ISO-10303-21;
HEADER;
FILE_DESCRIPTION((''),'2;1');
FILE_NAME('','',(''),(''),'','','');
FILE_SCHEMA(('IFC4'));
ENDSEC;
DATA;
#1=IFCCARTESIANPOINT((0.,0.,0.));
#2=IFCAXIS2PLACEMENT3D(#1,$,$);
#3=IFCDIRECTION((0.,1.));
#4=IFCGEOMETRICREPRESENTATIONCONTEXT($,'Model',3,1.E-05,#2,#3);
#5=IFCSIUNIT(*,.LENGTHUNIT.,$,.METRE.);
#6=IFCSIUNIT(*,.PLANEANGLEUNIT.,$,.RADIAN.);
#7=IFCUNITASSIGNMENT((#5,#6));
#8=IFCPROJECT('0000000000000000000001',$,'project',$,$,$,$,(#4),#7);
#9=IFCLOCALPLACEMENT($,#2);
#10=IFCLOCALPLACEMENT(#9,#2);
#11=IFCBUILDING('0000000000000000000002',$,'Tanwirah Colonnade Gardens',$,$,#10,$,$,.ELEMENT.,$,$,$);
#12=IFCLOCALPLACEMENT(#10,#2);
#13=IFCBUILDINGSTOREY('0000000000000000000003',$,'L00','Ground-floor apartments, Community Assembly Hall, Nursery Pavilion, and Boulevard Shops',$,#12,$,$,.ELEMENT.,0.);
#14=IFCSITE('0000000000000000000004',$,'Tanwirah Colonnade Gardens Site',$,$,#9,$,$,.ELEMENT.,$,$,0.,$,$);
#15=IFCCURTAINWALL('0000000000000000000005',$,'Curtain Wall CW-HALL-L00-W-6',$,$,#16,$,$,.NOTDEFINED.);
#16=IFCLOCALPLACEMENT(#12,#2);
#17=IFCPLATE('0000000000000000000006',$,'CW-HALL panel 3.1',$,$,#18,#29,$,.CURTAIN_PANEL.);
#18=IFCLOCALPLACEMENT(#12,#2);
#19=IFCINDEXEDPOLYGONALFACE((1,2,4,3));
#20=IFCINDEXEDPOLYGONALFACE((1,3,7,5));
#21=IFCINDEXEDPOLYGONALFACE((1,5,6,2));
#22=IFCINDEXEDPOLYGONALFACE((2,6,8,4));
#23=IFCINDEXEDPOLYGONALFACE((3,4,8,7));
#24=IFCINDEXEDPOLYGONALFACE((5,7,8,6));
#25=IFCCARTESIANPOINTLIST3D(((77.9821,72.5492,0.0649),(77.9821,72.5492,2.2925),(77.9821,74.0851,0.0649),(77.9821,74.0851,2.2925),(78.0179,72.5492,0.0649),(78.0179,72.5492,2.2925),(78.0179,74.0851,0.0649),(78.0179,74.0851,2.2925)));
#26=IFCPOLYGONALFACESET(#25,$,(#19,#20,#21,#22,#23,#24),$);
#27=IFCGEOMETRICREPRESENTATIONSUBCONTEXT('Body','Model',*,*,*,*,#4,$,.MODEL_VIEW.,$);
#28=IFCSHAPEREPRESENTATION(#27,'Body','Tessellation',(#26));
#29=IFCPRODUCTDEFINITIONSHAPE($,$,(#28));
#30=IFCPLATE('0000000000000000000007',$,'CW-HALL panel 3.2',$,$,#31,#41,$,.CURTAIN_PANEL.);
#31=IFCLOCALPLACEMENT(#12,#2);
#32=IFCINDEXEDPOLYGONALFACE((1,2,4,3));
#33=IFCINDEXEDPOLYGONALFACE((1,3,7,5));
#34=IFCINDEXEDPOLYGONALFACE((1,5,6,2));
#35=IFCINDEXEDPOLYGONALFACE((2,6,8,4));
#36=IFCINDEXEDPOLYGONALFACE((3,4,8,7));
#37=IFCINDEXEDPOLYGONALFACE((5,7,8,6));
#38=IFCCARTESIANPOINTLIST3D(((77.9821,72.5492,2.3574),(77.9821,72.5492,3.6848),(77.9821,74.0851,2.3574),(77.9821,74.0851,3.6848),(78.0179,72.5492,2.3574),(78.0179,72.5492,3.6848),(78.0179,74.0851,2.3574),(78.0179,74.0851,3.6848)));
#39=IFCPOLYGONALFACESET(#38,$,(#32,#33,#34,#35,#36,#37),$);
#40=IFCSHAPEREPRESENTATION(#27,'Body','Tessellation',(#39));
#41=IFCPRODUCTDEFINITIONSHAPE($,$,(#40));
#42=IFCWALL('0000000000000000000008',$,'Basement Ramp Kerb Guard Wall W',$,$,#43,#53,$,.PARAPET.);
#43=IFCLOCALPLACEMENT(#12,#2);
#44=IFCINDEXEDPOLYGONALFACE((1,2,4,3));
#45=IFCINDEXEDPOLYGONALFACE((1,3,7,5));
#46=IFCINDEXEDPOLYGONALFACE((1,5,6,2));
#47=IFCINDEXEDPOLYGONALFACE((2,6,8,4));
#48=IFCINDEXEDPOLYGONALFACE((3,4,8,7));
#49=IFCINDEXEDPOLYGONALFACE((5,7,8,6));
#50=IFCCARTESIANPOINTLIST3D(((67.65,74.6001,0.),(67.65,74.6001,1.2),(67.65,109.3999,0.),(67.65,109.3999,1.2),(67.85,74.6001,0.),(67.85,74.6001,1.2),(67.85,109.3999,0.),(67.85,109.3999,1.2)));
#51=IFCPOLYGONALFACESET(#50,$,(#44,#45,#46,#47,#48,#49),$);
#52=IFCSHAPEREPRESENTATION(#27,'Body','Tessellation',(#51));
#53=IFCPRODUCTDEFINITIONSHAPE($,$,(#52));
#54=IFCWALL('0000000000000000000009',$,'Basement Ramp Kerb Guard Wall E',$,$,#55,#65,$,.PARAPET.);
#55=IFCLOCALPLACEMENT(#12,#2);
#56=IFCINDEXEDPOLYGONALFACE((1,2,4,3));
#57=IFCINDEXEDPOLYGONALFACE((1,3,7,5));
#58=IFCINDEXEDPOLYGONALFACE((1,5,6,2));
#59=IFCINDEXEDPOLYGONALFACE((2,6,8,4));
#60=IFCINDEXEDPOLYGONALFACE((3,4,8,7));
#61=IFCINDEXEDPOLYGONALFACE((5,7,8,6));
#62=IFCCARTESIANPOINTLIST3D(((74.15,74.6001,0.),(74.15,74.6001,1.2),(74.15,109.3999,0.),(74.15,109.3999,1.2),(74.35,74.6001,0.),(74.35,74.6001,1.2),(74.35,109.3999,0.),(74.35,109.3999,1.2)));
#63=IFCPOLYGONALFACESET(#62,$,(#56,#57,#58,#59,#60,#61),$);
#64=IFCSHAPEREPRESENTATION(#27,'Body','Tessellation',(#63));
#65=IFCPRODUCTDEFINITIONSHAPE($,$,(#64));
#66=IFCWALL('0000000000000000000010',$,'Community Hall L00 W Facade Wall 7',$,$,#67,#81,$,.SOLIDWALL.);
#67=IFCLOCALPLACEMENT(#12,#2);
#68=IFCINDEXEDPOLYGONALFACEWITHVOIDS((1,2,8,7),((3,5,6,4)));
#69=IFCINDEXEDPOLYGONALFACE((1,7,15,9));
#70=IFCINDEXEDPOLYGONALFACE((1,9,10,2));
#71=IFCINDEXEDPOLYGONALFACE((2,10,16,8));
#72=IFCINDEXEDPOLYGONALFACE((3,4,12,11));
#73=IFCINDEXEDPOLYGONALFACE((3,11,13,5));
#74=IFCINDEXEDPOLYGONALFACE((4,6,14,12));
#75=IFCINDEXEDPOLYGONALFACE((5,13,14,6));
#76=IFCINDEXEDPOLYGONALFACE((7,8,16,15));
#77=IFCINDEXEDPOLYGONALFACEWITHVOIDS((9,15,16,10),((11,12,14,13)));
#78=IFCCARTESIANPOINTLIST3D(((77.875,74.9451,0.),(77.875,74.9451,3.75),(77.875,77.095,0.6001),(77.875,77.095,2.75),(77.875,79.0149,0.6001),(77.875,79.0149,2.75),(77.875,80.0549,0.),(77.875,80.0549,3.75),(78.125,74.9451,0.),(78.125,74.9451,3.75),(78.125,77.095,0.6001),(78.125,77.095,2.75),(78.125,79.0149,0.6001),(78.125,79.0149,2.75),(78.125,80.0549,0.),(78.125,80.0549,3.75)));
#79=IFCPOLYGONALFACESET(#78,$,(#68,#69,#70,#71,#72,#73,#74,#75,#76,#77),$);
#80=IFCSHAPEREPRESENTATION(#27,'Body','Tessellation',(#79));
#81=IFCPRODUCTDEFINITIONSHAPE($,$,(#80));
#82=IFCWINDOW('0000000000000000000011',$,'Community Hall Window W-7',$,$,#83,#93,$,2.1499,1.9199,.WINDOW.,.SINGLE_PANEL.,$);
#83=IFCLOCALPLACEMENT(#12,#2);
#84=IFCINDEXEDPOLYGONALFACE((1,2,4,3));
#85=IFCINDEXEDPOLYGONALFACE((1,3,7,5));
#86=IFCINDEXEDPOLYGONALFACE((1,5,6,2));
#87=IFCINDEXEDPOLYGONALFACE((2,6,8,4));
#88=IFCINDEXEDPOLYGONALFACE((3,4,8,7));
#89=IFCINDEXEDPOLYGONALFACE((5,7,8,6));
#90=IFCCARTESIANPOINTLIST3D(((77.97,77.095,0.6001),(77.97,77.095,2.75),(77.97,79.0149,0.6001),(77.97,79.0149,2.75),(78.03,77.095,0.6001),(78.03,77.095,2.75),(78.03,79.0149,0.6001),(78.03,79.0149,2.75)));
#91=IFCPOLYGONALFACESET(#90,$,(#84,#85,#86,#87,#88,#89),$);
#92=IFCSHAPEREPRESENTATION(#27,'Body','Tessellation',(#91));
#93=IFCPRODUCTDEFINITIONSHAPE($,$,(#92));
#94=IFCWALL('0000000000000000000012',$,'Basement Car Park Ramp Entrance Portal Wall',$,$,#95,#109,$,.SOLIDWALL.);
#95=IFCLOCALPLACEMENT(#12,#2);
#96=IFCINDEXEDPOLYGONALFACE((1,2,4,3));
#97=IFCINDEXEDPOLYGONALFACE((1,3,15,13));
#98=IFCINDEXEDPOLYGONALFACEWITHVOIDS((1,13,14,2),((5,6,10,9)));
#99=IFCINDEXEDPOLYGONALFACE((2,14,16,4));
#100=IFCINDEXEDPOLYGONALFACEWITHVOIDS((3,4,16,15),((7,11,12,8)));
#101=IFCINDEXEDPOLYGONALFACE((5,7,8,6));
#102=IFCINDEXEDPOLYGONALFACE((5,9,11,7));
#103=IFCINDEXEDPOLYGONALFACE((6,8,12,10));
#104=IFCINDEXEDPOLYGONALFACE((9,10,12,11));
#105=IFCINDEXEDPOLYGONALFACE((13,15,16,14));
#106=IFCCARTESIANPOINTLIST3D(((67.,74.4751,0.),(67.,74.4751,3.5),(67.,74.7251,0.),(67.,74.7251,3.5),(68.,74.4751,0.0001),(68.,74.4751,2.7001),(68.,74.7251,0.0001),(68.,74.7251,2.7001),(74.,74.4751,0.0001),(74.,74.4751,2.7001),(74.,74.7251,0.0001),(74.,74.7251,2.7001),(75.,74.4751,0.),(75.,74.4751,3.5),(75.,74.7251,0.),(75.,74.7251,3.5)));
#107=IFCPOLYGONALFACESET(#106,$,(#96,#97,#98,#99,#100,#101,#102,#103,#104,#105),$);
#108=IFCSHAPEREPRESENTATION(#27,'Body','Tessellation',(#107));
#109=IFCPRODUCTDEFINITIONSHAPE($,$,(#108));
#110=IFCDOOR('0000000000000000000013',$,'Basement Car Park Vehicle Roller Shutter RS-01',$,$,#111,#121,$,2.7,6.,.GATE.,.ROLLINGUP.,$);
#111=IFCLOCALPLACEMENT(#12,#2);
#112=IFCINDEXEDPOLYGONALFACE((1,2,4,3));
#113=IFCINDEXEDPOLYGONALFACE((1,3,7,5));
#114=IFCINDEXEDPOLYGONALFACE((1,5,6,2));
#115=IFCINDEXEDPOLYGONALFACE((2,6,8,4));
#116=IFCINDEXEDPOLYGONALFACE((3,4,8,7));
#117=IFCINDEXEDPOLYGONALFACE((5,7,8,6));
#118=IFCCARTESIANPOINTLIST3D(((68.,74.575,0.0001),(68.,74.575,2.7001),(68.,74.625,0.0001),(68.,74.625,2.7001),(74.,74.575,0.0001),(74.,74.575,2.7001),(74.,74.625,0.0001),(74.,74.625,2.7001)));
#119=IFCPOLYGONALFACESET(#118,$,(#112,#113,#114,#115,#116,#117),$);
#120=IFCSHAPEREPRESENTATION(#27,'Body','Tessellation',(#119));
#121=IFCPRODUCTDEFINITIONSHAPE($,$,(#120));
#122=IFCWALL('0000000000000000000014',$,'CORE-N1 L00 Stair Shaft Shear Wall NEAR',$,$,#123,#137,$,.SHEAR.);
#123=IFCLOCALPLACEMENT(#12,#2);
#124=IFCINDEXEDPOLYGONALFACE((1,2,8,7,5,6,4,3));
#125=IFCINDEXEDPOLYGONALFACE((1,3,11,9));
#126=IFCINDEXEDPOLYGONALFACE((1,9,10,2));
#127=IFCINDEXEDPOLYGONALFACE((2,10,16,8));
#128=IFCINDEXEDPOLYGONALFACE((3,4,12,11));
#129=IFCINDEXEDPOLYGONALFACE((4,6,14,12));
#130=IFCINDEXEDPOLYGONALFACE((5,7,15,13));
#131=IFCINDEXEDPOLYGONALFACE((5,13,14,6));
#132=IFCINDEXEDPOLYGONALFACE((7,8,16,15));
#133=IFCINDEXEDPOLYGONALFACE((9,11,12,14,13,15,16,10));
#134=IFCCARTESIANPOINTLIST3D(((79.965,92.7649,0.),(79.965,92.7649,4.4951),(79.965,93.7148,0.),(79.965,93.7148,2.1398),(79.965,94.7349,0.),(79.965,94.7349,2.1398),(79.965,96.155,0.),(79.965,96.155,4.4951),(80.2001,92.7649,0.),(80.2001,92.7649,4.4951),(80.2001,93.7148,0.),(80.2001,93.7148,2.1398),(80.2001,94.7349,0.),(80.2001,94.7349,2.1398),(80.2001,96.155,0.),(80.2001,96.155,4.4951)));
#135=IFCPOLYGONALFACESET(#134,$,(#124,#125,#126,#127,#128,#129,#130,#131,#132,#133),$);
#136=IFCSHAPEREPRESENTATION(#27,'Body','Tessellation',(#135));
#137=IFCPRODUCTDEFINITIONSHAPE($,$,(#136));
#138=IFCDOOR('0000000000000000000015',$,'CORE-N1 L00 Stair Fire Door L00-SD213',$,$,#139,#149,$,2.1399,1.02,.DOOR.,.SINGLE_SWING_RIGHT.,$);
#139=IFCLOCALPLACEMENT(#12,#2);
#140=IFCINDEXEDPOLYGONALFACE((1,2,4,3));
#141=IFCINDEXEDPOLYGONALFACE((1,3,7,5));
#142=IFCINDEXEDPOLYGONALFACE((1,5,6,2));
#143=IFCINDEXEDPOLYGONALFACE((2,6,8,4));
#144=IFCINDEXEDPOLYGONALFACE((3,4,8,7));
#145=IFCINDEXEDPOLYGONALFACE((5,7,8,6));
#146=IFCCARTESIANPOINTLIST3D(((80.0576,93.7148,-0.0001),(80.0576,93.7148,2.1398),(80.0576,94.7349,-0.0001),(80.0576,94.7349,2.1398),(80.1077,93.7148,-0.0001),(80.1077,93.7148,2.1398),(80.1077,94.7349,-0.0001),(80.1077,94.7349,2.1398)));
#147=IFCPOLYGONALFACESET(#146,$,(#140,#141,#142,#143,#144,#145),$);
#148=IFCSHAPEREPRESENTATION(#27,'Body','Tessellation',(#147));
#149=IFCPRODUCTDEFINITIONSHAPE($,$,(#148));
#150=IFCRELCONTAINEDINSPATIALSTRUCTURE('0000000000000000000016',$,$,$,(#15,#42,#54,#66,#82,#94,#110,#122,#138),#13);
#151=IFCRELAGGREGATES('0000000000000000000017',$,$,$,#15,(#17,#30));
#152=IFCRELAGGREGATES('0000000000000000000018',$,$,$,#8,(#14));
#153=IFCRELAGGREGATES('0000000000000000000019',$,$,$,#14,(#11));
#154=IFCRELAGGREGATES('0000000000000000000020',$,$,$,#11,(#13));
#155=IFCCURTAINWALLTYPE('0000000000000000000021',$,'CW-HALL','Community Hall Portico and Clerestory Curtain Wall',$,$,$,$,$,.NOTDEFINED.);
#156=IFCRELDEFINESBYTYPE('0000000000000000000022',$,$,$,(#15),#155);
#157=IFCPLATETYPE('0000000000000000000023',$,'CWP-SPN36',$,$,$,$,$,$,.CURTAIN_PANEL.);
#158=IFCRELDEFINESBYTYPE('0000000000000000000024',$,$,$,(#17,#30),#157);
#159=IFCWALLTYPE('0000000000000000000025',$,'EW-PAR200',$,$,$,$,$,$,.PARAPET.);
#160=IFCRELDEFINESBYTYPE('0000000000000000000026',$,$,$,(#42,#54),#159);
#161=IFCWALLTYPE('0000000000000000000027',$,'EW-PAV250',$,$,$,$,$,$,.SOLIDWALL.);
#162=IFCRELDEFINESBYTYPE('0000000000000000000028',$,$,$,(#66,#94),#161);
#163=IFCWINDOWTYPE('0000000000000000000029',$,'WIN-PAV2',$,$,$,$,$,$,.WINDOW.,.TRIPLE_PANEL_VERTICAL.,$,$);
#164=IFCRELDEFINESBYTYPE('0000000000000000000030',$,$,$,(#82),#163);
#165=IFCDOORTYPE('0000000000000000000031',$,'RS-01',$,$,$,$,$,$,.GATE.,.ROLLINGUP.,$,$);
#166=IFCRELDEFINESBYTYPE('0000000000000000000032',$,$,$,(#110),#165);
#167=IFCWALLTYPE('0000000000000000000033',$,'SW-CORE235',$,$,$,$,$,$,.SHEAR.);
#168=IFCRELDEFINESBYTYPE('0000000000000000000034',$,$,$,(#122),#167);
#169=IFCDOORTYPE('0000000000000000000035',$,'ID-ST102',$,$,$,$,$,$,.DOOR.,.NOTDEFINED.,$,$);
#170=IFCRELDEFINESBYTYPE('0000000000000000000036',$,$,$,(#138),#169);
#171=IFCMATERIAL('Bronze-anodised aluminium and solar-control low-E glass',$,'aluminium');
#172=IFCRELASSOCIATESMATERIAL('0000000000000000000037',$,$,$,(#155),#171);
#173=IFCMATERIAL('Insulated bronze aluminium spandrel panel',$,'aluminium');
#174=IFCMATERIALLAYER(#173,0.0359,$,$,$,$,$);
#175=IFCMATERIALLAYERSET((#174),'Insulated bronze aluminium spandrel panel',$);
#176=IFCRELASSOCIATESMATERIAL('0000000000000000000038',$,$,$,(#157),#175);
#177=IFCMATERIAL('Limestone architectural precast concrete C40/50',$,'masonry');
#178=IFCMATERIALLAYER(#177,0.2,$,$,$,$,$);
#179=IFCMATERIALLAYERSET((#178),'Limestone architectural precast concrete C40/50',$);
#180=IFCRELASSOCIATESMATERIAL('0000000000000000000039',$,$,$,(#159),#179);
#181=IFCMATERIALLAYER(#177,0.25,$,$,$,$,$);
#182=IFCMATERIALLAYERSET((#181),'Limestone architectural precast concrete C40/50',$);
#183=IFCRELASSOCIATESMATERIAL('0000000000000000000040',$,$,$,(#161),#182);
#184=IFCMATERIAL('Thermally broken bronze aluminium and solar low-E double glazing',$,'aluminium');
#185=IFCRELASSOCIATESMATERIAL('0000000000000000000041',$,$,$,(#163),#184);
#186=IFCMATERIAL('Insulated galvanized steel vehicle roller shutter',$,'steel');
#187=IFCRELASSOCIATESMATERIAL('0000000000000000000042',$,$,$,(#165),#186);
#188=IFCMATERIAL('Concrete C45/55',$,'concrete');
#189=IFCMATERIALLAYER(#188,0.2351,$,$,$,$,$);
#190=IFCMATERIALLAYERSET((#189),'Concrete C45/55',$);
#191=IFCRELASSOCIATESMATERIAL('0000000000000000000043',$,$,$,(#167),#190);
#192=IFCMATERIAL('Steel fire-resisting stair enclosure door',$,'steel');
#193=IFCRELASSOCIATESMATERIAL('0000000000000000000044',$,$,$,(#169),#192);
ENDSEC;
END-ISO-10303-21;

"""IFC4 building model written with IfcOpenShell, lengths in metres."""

from ifc_helpers import new_model, si_unit, direction, frame, frame_2d, origin, origin_2d, place, context, subcontext, project, spatial, rectangle, extrude, material, layer, layer_set, type_object, element, fill, aggregate, save


model = new_model("IFC4")

# Units and contexts
model_context = context("Model", 3, precision=1e-05, world=origin(), true_north=direction((0.0, 1.0)))
body_context = subcontext(model_context, "Body", "Model", "MODEL_VIEW")
ifc_project = project(units=[si_unit("LENGTHUNIT", "METRE"), si_unit("PLANEANGLEUNIT", "RADIAN")], contexts=[model_context])

# Site, building, storey
site_placement = place(None, origin())
site = spatial("IfcSite", under=ifc_project, at=site_placement, Name="Tanwirah Colonnade Gardens Site", CompositionType="ELEMENT", RefElevation=0.0)
building_placement = place(site_placement, origin())
building = spatial("IfcBuilding", under=site, at=building_placement, Name="Tanwirah Colonnade Gardens", CompositionType="ELEMENT")
storey_placement = place(building_placement, origin())
storey = spatial("IfcBuildingStorey", under=building, at=storey_placement, Name="L00", Description="Ground-floor apartments, Community Assembly Hall, Nursery Pavilion, and Boulevard Shops", CompositionType="ELEMENT", Elevation=0.0)

# Shared definitions
ifc_material_1 = material(Name="Concrete C45/55", Category="concrete")

# Curtain wall
ifc_material_2 = material(Name="Bronze-anodised aluminium and solar-control low-E glass", Category="aluminium")
curtain_wall_type_1 = type_object("IfcCurtainWallType", Name="CW-HALL", Description="Community Hall Portico and Clerestory Curtain Wall", PredefinedType="NOTDEFINED", material=ifc_material_2)
curtain_wall_1_placement = place(storey_placement, origin())
curtain_wall_1 = element("IfcCurtainWall", 1, at=curtain_wall_1_placement, inside=storey, type_object=curtain_wall_type_1, Name="Curtain Wall CW-HALL-L00-W-6", PredefinedType="NOTDEFINED")

# Plates
ifc_material_3 = material(Name="Insulated bronze aluminium spandrel panel", Category="aluminium")
ifc_layer_1 = layer(ifc_material_3, 0.0359)
ifc_layer_set_1 = layer_set([ifc_layer_1], Name="Insulated bronze aluminium spandrel panel")
plate_type = type_object("IfcPlateType", Name="CWP-SPN36", PredefinedType="CURTAIN_PANEL", material=ifc_layer_set_1)
plate_1_placement = place(storey_placement, frame((78.0, 73.3171, 0.0649), z_axis=(0.0, 0.0, 1.0), x_axis=(0.0, 1.0, 0.0)))
plate_1 = element("IfcPlate", 2, at=plate_1_placement, type_object=plate_type, Name="CW-HALL panel 3.1", PredefinedType="CURTAIN_PANEL", context=body_context, shape_type="SweptSolid", body=[
    extrude(rectangle(XDim=1.5359, YDim=0.0359, at=origin_2d()), origin(), (0.0, 0.0, 1.0), 2.2275),
])
plate_2_placement = place(storey_placement, frame((78.0, 73.3171, 2.3574), z_axis=(0.0, 0.0, 1.0), x_axis=(0.0, 1.0, 0.0)))
plate_2 = element("IfcPlate", 3, at=plate_2_placement, type_object=plate_type, Name="CW-HALL panel 3.2", PredefinedType="CURTAIN_PANEL", context=body_context, shape_type="SweptSolid", body=[
    extrude(rectangle(XDim=1.5359, YDim=0.0359, at=origin_2d()), origin(), (0.0, 0.0, 1.0), 1.3274),
])
aggregate(curtain_wall_1, [plate_1, plate_2])

# Walls
ifc_material_4 = material(Name="Limestone architectural precast concrete C40/50", Category="masonry")
ifc_layer_2 = layer(ifc_material_4, 0.2)
ifc_layer_set_2 = layer_set([ifc_layer_2], Name="Limestone architectural precast concrete C40/50")
wall_type_1 = type_object("IfcWallType", Name="EW-PAR200", PredefinedType="PARAPET", material=ifc_layer_set_2)
for number, where, z_axis, x_axis, name in (
    (4, (67.75, 74.6001, 0.0), (0.0, 0.0, 1.0), (0.0, 1.0, 0.0), "Basement Ramp Kerb Guard Wall W"),
    (5, (74.25, 74.6001, 0.0), (0.0, 0.0, 1.0), (0.0, 1.0, 0.0), "Basement Ramp Kerb Guard Wall E"),
):
    element("IfcWall", number, at=place(storey_placement, frame(where, z_axis=z_axis, x_axis=x_axis)), inside=storey, type_object=wall_type_1, Name=name, PredefinedType="PARAPET", context=body_context, shape_type="SweptSolid", body=[
        extrude(rectangle(XDim=34.7998, YDim=0.2, at=frame_2d((17.3999, 0.0))), origin(), (0.0, 0.0, 1.0), 1.2),
    ])

# Wall, opening, window
ifc_layer_3 = layer(ifc_material_4, 0.25)
ifc_layer_set_3 = layer_set([ifc_layer_3], Name="Limestone architectural precast concrete C40/50")
wall_type_2 = type_object("IfcWallType", Name="EW-PAV250", PredefinedType="SOLIDWALL", material=ifc_layer_set_3)
wall_1_placement = place(storey_placement, frame((78.0, 74.9451, 0.0), z_axis=(0.0, 0.0, 1.0), x_axis=(0.0, 1.0, 0.0)))
wall_1 = element("IfcWall", 6, at=wall_1_placement, inside=storey, type_object=wall_type_2, Name="Community Hall L00 W Facade Wall 7", PredefinedType="SOLIDWALL", context=body_context, shape_type="SweptSolid", body=[
    extrude(rectangle(XDim=5.1099, YDim=0.25, at=frame_2d((2.5549, 0.0))), origin(), (0.0, 0.0, 1.0), 3.75),
])
opening_1_placement = place(wall_1_placement, frame((2.1499, 0.0, 0.6001)))
opening_1 = element("IfcOpeningElement", 7, at=opening_1_placement, cuts=wall_1, PredefinedType="OPENING", context=body_context, shape_type="SweptSolid", body=[
    extrude(rectangle(XDim=1.9199, YDim=2.1499, at=frame_2d((0.96, 1.075))), frame((0.0, 0.135, 0.0), z_axis=(0.0, -1.0, 0.0), x_axis=(1.0, 0.0, 0.0)), (0.0, 0.0, 1.0), 0.27),
])
ifc_material_5 = material(Name="Thermally broken bronze aluminium and solar low-E double glazing", Category="aluminium")
window_type = type_object("IfcWindowType", Name="WIN-PAV2", PartitioningType="TRIPLE_PANEL_VERTICAL", PredefinedType="WINDOW", material=ifc_material_5)
window_placement = place(opening_1_placement, origin())
window = element("IfcWindow", 8, at=window_placement, inside=storey, type_object=window_type, Name="Community Hall Window W-7", OverallHeight=2.1499, OverallWidth=1.9199, PartitioningType="SINGLE_PANEL", PredefinedType="WINDOW", context=body_context, shape_type="SweptSolid", body=[
    extrude(rectangle(XDim=1.9199, YDim=2.1499, at=frame_2d((0.96, 1.075))), frame((0.0, 0.03, 0.0), z_axis=(0.0, -1.0, 0.0), x_axis=(1.0, 0.0, 0.0)), (0.0, 0.0, 1.0), 0.0601),
])
fill(opening_1, window)

# Walls, openings, doors
wall_2_placement = place(storey_placement, frame((67.0, 74.6001, 0.0), z_axis=(0.0, 0.0, 1.0), x_axis=(1.0, 0.0, 0.0)))
wall_2 = element("IfcWall", 9, at=wall_2_placement, inside=storey, type_object=wall_type_2, Name="Basement Car Park Ramp Entrance Portal Wall", PredefinedType="SOLIDWALL", context=body_context, shape_type="SweptSolid", body=[
    extrude(rectangle(XDim=8.0, YDim=0.25, at=frame_2d((4.0, 0.0))), origin(), (0.0, 0.0, 1.0), 3.5),
])
opening_2_placement = place(wall_2_placement, frame((1.0, 0.0, 0.0)))
opening_2 = element("IfcOpeningElement", 10, at=opening_2_placement, cuts=wall_2, PredefinedType="OPENING", context=body_context, shape_type="SweptSolid", body=[
    extrude(rectangle(XDim=6.0, YDim=2.7, at=frame_2d((3.0, 1.3501))), frame((0.0, 0.135, 0.0), z_axis=(0.0, -1.0, 0.0), x_axis=(1.0, 0.0, 0.0)), (0.0, 0.0, 1.0), 0.27),
])
ifc_material_6 = material(Name="Insulated galvanized steel vehicle roller shutter", Category="steel")
door_type_1 = type_object("IfcDoorType", Name="RS-01", OperationType="ROLLINGUP", PredefinedType="GATE", material=ifc_material_6)
door_1_placement = place(opening_2_placement, origin())
door_1 = element("IfcDoor", 11, at=door_1_placement, inside=storey, type_object=door_type_1, Name="Basement Car Park Vehicle Roller Shutter RS-01", OperationType="ROLLINGUP", OverallHeight=2.7, OverallWidth=6.0, PredefinedType="GATE", context=body_context, shape_type="SweptSolid", body=[
    extrude(rectangle(XDim=6.0, YDim=2.7, at=frame_2d((3.0, 1.3501))), frame((0.0, 0.0249, 0.0), z_axis=(0.0, -1.0, 0.0), x_axis=(1.0, 0.0, 0.0)), (0.0, 0.0, 1.0), 0.05),
])
fill(opening_2, door_1)
ifc_layer_4 = layer(ifc_material_1, 0.2351)
ifc_layer_set_4 = layer_set([ifc_layer_4], Name="Concrete C45/55")
wall_type_3 = type_object("IfcWallType", Name="SW-CORE235", PredefinedType="SHEAR", material=ifc_layer_set_4)
wall_3_placement = place(storey_placement, frame((80.0825, 92.7649, 0.0), z_axis=(0.0, 0.0, 1.0), x_axis=(0.0, 1.0, 0.0)))
wall_3 = element("IfcWall", 12, at=wall_3_placement, inside=storey, type_object=wall_type_3, Name="CORE-N1 L00 Stair Shaft Shear Wall NEAR", PredefinedType="SHEAR", context=body_context, shape_type="SweptSolid", body=[
    extrude(rectangle(XDim=3.3901, YDim=0.2351, at=frame_2d((1.6951, 0.0))), origin(), (0.0, 0.0, 1.0), 4.4951),
])
opening_3_placement = place(wall_3_placement, frame((0.95, 0.0, 0.0)))
opening_3 = element("IfcOpeningElement", 13, at=opening_3_placement, cuts=wall_3, PredefinedType="OPENING", context=body_context, shape_type="SweptSolid", body=[
    extrude(rectangle(XDim=1.02, YDim=2.1399, at=frame_2d((0.51, 1.0698))), frame((0.0, 0.1274, 0.0), z_axis=(0.0, -1.0, 0.0), x_axis=(1.0, 0.0, 0.0)), (0.0, 0.0, 1.0), 0.2551),
])
ifc_material_7 = material(Name="Steel fire-resisting stair enclosure door", Category="steel")
door_type_2 = type_object("IfcDoorType", Name="ID-ST102", OperationType="NOTDEFINED", PredefinedType="DOOR", material=ifc_material_7)
door_2_placement = place(opening_3_placement, origin())
door_2 = element("IfcDoor", 14, at=door_2_placement, inside=storey, type_object=door_type_2, Name="CORE-N1 L00 Stair Fire Door L00-SD213", OperationType="SINGLE_SWING_RIGHT", OverallHeight=2.1399, OverallWidth=1.02, PredefinedType="DOOR", context=body_context, shape_type="SweptSolid", body=[
    extrude(rectangle(XDim=1.02, YDim=2.1399, at=frame_2d((0.51, 1.0698))), frame((0.0, 0.0249, 0.0), z_axis=(0.0, -1.0, 0.0), x_axis=(1.0, 0.0, 0.0)), (0.0, 0.0, 1.0), 0.05),
])
fill(opening_3, door_2)

save(model, "model.ifc")
